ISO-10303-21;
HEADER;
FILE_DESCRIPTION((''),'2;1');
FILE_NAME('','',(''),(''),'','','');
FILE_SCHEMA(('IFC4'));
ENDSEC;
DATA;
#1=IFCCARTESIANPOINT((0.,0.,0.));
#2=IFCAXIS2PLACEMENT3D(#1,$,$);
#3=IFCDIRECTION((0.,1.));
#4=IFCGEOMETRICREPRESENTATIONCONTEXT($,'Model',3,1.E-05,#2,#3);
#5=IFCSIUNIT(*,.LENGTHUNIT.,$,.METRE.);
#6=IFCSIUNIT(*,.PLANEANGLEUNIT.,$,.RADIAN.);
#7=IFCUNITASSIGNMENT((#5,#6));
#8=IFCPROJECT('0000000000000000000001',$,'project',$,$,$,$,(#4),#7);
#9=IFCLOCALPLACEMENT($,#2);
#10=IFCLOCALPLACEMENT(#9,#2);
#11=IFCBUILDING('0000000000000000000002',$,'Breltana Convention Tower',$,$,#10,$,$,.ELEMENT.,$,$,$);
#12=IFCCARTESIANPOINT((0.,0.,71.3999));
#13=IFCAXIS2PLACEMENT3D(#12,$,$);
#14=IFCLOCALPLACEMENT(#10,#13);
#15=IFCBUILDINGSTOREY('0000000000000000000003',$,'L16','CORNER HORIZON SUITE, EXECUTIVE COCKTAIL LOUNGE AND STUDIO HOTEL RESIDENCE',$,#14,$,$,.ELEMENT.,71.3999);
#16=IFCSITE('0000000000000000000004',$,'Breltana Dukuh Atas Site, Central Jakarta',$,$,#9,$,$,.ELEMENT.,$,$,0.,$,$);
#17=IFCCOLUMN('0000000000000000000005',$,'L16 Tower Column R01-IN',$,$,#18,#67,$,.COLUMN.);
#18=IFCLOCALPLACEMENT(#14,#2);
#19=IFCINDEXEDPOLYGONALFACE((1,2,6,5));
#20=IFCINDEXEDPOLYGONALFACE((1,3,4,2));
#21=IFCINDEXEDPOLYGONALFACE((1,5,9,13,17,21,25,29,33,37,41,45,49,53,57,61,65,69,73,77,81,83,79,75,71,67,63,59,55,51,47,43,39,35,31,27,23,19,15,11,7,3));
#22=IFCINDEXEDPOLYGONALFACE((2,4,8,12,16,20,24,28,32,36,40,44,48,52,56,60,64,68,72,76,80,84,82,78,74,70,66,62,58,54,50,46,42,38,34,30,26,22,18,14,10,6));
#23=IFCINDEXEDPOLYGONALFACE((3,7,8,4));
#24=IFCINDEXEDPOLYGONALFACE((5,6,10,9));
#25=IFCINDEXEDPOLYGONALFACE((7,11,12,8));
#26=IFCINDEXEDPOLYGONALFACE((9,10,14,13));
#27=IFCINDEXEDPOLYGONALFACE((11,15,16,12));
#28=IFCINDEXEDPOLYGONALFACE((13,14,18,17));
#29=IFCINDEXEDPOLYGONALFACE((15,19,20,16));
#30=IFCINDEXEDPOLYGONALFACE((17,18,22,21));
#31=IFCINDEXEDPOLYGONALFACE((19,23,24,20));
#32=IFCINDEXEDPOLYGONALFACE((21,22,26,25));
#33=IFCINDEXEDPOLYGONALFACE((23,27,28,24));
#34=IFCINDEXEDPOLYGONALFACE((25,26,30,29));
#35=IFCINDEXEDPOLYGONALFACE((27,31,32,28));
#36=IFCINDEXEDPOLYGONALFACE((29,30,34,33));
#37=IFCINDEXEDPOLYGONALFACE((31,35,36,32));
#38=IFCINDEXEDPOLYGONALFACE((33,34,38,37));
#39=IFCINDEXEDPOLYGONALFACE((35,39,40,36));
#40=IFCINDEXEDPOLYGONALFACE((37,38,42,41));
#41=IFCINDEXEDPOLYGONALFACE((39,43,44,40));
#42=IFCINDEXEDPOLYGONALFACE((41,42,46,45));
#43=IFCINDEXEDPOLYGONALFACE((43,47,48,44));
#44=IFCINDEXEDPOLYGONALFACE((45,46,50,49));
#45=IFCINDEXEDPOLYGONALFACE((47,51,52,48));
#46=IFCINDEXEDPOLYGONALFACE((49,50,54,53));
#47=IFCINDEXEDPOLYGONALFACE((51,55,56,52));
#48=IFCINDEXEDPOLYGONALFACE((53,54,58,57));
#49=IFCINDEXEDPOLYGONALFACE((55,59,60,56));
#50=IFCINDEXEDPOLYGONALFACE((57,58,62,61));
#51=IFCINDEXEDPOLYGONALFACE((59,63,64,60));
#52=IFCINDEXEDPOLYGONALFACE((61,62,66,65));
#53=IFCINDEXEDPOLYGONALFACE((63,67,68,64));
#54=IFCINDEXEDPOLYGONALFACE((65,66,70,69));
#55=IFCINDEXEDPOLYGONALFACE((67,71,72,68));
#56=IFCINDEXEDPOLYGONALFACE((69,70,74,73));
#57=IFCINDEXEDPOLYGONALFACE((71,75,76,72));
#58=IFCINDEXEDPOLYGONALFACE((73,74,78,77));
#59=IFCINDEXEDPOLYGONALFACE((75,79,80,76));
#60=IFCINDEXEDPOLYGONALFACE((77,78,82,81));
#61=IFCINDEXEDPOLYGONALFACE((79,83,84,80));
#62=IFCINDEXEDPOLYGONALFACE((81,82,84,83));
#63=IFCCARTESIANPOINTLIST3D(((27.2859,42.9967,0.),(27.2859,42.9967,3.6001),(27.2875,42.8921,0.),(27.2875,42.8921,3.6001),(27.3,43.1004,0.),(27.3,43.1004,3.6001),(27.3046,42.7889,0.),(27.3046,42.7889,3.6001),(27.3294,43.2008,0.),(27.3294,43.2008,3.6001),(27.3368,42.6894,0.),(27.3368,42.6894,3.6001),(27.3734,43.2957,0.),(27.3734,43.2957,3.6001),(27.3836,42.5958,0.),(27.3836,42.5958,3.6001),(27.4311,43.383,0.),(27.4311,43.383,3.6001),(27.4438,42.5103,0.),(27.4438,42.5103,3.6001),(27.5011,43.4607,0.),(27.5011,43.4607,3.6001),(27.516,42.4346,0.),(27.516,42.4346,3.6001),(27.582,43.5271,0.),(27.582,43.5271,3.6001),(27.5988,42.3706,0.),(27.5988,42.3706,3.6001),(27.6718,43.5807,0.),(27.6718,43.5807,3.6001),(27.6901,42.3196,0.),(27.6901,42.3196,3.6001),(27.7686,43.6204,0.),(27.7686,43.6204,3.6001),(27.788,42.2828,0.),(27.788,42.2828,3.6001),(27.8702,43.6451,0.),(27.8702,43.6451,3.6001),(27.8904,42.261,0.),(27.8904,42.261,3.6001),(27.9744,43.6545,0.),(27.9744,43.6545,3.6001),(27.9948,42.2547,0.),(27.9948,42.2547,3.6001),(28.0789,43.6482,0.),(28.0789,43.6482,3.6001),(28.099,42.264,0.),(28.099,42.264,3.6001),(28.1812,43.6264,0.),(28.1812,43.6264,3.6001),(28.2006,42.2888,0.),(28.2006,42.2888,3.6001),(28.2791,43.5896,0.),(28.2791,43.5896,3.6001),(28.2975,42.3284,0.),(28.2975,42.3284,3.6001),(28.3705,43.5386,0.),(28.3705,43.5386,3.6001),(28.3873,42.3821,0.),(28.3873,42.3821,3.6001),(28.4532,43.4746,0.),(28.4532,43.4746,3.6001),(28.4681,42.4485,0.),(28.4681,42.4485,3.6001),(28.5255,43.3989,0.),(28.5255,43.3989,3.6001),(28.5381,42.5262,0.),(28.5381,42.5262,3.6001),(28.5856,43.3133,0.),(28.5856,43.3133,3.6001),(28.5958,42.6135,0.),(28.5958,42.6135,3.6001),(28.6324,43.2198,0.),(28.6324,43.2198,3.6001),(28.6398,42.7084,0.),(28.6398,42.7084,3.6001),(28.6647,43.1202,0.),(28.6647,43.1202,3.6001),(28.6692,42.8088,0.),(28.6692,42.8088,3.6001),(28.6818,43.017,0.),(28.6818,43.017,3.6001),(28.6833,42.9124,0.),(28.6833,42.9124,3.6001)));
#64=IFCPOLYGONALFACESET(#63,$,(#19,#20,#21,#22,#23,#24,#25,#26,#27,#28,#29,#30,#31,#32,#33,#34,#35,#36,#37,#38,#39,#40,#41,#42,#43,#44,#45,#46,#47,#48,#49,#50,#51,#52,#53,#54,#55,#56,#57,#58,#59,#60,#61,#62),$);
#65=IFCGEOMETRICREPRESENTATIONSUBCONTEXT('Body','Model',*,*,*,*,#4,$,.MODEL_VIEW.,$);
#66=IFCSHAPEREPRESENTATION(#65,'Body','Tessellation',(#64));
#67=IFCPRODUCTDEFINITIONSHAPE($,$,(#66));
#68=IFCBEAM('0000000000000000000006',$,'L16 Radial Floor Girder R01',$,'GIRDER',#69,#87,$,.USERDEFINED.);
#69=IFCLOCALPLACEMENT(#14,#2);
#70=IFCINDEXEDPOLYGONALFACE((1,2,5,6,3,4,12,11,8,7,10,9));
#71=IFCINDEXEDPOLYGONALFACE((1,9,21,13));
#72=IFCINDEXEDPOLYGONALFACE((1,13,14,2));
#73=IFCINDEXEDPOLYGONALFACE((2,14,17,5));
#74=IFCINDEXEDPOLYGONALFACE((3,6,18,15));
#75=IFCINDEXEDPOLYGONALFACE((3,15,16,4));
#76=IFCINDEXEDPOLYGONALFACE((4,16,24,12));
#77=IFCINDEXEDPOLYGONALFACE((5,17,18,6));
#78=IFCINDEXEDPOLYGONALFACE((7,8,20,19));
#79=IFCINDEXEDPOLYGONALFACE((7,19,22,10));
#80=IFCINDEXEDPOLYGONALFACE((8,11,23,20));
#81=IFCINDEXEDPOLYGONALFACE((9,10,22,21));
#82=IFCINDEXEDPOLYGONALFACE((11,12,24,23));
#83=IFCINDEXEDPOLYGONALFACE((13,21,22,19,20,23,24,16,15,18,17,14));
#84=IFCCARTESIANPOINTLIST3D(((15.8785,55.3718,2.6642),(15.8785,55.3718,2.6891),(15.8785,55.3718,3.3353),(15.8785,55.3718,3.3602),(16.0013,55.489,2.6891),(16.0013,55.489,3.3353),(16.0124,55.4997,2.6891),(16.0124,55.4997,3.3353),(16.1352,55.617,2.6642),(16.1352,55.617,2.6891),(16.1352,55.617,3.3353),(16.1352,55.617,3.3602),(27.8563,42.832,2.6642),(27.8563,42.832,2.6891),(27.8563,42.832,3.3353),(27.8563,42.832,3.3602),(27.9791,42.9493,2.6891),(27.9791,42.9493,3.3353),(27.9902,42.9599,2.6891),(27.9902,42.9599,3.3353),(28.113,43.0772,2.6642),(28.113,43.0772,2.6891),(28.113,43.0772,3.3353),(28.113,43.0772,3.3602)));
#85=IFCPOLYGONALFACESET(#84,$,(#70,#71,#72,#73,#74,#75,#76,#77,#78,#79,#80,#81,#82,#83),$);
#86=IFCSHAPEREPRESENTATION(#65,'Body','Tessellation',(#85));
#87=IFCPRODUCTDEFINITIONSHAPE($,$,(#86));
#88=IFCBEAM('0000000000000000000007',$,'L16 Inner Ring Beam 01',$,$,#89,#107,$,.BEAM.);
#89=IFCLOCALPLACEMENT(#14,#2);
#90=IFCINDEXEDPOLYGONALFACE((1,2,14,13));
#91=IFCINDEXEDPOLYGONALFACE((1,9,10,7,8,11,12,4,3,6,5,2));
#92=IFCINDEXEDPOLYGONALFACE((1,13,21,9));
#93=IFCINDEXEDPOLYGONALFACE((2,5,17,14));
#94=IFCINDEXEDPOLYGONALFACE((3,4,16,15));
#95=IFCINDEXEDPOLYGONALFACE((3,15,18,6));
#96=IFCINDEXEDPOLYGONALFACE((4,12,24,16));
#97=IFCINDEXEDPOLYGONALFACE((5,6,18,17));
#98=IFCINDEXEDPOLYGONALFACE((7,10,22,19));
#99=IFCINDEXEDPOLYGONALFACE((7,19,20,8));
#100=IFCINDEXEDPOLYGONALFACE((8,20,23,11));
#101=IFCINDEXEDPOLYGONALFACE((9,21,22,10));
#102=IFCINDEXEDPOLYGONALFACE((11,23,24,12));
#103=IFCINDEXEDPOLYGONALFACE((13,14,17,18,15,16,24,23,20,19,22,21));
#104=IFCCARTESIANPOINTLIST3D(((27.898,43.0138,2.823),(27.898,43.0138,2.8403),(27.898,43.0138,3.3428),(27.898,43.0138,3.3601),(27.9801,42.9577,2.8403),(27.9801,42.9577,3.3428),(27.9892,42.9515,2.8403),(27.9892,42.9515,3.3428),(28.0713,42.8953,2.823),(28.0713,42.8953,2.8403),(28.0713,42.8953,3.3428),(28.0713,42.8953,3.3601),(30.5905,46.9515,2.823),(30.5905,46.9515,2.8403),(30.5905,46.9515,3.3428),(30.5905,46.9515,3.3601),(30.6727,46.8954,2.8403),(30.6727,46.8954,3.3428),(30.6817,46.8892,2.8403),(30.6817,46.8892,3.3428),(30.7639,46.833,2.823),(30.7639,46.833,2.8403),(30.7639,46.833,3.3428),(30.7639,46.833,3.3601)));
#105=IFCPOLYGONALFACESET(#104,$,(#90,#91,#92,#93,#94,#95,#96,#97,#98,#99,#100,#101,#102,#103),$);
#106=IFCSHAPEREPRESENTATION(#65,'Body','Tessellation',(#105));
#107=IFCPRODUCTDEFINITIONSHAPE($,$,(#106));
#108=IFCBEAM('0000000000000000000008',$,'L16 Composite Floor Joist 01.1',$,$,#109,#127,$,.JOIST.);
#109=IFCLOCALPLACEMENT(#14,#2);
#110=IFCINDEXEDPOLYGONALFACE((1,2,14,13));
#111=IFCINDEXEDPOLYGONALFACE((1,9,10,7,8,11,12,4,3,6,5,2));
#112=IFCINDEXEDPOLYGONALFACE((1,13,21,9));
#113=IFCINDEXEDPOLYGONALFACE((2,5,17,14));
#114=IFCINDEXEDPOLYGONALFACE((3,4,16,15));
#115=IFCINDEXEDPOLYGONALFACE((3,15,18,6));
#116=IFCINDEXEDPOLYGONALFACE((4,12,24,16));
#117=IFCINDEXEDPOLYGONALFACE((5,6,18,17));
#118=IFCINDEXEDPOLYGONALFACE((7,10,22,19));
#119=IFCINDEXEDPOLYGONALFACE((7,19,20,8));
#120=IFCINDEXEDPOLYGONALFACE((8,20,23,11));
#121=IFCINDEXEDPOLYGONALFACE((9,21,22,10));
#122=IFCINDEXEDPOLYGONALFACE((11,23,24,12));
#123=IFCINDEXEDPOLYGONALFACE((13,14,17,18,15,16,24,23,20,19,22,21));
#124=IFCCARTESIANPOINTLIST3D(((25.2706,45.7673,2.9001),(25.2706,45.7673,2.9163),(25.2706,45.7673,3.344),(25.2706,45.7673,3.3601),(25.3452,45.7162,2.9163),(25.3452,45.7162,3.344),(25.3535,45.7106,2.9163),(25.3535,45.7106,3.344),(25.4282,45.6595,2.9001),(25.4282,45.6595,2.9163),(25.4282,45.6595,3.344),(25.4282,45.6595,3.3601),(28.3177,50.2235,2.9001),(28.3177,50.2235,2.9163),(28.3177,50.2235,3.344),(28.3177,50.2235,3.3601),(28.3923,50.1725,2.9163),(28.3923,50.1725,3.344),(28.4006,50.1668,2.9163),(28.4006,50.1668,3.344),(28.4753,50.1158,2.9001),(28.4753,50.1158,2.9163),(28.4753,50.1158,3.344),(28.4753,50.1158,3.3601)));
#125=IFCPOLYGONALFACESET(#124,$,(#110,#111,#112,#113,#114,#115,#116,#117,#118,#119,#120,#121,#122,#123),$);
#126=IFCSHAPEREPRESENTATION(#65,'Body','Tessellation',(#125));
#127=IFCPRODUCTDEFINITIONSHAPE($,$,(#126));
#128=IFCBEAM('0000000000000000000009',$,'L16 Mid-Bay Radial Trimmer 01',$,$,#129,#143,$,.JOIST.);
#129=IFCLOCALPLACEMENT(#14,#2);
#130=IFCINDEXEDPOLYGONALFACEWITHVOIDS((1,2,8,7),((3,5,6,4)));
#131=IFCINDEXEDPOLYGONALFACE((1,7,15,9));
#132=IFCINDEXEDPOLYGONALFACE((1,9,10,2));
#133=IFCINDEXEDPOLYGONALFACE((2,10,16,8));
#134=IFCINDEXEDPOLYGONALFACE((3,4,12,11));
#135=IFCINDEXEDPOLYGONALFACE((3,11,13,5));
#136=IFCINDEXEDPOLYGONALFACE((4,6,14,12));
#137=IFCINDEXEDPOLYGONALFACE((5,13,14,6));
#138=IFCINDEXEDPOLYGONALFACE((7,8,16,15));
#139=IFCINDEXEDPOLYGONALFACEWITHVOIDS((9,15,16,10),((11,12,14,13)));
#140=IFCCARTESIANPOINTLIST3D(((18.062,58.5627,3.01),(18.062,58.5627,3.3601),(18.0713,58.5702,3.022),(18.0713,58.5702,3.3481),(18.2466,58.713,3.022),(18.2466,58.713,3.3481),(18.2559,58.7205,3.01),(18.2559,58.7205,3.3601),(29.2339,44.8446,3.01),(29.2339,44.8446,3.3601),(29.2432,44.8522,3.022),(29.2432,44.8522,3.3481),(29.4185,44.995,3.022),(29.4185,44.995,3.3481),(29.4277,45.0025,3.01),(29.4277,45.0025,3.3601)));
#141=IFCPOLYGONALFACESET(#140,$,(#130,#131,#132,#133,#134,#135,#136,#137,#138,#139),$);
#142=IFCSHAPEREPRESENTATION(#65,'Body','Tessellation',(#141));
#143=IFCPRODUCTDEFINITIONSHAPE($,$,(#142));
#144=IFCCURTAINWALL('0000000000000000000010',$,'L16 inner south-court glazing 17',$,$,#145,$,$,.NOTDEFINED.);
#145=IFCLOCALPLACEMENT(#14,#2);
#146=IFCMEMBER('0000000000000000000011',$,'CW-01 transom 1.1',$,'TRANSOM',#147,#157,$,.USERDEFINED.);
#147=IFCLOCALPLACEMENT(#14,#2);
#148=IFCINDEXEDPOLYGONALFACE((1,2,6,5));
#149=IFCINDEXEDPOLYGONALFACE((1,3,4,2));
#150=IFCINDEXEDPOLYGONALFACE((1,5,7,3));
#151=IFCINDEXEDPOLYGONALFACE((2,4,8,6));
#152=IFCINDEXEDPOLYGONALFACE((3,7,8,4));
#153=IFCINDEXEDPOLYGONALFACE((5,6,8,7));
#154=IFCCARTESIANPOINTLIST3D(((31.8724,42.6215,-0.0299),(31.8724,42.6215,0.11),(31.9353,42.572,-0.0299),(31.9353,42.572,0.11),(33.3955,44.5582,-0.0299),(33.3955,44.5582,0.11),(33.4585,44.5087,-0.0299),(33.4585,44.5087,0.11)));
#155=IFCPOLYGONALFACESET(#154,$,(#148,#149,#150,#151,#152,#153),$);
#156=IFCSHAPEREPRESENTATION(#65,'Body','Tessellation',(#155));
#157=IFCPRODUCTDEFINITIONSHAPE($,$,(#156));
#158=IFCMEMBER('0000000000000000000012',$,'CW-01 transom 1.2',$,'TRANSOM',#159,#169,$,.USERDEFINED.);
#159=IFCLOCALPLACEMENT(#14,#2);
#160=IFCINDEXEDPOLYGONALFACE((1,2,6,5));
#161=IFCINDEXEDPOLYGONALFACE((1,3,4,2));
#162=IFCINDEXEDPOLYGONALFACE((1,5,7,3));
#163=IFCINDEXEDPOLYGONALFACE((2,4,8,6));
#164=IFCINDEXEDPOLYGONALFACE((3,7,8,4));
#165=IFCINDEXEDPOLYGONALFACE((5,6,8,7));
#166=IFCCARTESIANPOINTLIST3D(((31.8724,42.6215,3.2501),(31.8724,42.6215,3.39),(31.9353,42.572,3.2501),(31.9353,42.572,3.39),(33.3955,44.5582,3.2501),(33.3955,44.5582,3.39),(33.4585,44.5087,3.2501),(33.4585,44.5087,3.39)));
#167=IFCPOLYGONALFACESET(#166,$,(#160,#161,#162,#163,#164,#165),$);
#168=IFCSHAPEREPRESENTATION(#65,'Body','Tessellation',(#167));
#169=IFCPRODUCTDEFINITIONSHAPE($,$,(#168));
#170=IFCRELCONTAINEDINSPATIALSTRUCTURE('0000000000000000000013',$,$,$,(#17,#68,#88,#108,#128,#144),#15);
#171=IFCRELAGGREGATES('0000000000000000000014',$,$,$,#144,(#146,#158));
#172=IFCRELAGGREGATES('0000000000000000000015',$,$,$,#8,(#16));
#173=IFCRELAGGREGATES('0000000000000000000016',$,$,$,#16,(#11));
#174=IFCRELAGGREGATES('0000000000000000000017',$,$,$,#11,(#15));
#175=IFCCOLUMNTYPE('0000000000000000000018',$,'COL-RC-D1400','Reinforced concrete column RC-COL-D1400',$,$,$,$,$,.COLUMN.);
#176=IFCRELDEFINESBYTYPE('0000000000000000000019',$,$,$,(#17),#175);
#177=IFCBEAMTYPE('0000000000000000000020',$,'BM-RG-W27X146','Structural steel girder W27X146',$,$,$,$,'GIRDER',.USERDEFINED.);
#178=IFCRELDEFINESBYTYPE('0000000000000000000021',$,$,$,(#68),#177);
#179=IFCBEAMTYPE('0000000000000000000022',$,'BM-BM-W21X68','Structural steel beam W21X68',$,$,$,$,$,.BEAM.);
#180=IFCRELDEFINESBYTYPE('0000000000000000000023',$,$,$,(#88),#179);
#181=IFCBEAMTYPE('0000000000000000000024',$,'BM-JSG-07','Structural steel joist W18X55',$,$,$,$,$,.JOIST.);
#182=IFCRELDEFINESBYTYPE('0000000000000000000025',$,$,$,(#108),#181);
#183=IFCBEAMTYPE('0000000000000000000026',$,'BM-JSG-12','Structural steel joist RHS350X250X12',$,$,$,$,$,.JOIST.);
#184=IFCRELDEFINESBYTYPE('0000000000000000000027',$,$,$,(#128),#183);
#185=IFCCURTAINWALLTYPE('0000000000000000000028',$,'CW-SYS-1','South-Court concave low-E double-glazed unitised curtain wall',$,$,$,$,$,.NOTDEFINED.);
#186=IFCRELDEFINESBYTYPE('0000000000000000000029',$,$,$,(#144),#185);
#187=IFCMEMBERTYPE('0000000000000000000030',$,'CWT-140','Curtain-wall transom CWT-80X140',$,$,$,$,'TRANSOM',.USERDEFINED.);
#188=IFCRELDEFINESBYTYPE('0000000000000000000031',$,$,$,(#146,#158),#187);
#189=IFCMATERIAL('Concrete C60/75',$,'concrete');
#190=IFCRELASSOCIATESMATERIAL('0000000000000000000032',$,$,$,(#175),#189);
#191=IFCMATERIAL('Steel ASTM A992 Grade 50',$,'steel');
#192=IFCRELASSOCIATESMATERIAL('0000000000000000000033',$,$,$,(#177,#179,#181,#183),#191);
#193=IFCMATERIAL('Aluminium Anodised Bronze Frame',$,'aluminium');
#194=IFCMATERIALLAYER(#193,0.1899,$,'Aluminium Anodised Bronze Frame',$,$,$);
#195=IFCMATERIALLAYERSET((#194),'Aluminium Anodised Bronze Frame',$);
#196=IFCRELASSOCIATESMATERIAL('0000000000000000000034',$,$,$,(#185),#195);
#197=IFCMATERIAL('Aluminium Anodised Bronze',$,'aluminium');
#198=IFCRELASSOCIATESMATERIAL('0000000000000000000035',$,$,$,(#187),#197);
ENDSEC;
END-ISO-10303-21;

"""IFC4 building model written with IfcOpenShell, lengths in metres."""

from ifc_helpers import new_model, si_unit, direction, frame, origin, origin_2d, place, context, subcontext, project, spatial, rectangle, hollow_rectangle, circle, i_section, extrude, source, transform, mapped, material, layer, layer_set, material_profile, profile_set, type_object, type_shapes, element, aggregate, save


model = new_model("IFC4")

# Units and contexts
model_context = context("Model", 3, precision=1e-05, world=origin(), true_north=direction((0.0, 1.0)))
body_context = subcontext(model_context, "Body", "Model", "MODEL_VIEW")
ifc_project = project(units=[si_unit("LENGTHUNIT", "METRE"), si_unit("PLANEANGLEUNIT", "RADIAN")], contexts=[model_context])

# Site, building, storey
site_placement = place(None, origin())
site = spatial("IfcSite", under=ifc_project, at=site_placement, Name="Breltana Dukuh Atas Site, Central Jakarta", CompositionType="ELEMENT", RefElevation=0.0)
building_placement = place(site_placement, origin())
building = spatial("IfcBuilding", under=site, at=building_placement, Name="Breltana Convention Tower", CompositionType="ELEMENT")
storey_placement = place(building_placement, frame((0.0, 0.0, 71.3999)))
storey = spatial("IfcBuildingStorey", under=building, at=storey_placement, Name="L16", Description="CORNER HORIZON SUITE, EXECUTIVE COCKTAIL LOUNGE AND STUDIO HOTEL RESIDENCE", CompositionType="ELEMENT", Elevation=71.3999)

# Column
ifc_material_1 = material(Name="Concrete C60/75", Category="concrete")
ifc_material_profile_1 = material_profile(ifc_material_1, circle(Radius=0.7, at=origin_2d()), Name="RC-COL-D1400")
ifc_profile_set_1 = profile_set([ifc_material_profile_1], Name="Concrete C60/75")
column_type = type_object("IfcColumnType", Name="COL-RC-D1400", Description="Reinforced concrete column RC-COL-D1400", PredefinedType="COLUMN", material=ifc_profile_set_1)
shared_shape_1 = source(origin(), body_context, "Body", "SweptSolid", [
    extrude(circle(Radius=0.7, at=origin_2d()), origin(), (0.0, 0.0, 1.0), 3.6001),
])
column_placement = place(storey_placement, frame((27.9846, 42.9546, 0.0), z_axis=(0.0, 0.0, 1.0), x_axis=(-0.690756, 0.723088, 0.0)))
element("IfcColumn", 1, at=column_placement, inside=storey, type_object=column_type, Name="L16 Tower Column R01-IN", PredefinedType="COLUMN", context=body_context, shape_type="MappedRepresentation", body=[
    mapped(shared_shape_1, transform((0.0, 0.0, 0.0), scale=1.0)),
])

# Beams
ifc_material_2 = material(Name="Steel ASTM A992 Grade 50", Category="steel")
ifc_material_profile_2 = material_profile(ifc_material_2, i_section(OverallWidth=0.355, OverallDepth=0.696, WebThickness=0.0154, FlangeThickness=0.0249, at=origin_2d()), Name="W27X146")
ifc_profile_set_2 = profile_set([ifc_material_profile_2], Name="Steel ASTM A992 Grade 50")
beam_type_1 = type_object("IfcBeamType", Name="BM-RG-W27X146", Description="Structural steel girder W27X146", ElementType="GIRDER", PredefinedType="USERDEFINED", material=ifc_profile_set_2)
shared_shape_2 = source(origin(), body_context, "Body", "SweptSolid", [
    extrude(i_section(OverallWidth=0.355, OverallDepth=0.696, WebThickness=0.0154, FlangeThickness=0.0249, at=origin_2d()), origin(), (0.0, 0.0, 1.0), 17.3411),
])
type_shapes(beam_type_1, [shared_shape_2])
beam_1_placement = place(storey_placement, frame((27.9846, 42.9546, 3.0122), z_axis=(-0.690716, 0.723126, 0.0), x_axis=(-0.723126, -0.690716, 0.0)))
element("IfcBeam", 2, at=beam_1_placement, inside=storey, type_object=beam_type_1, Name="L16 Radial Floor Girder R01", ObjectType="GIRDER", PredefinedType="USERDEFINED", context=body_context, shape_type="MappedRepresentation", body=[
    mapped(shared_shape_2, transform((0.0, 0.0, 0.0), scale=1.0)),
])
ifc_material_profile_3 = material_profile(ifc_material_2, i_section(OverallWidth=0.21, OverallDepth=0.5371, WebThickness=0.011, FlangeThickness=0.0173, at=origin_2d()), Name="W21X68")
ifc_profile_set_3 = profile_set([ifc_material_profile_3], Name="Steel ASTM A992 Grade 50")
beam_type_2 = type_object("IfcBeamType", Name="BM-BM-W21X68", Description="Structural steel beam W21X68", PredefinedType="BEAM", material=ifc_profile_set_3)
shared_shape_3 = source(origin(), body_context, "Body", "SweptSolid", [
    extrude(i_section(OverallWidth=0.21, OverallDepth=0.5371, WebThickness=0.011, FlangeThickness=0.0173, at=origin_2d()), origin(), (0.0, 0.0, 1.0), 4.7703),
])
beam_2_placement = place(storey_placement, frame((27.9846, 42.9546, 3.0916), z_axis=(0.564453, 0.825465, 0.0), x_axis=(-0.825465, 0.564453, 0.0)))
element("IfcBeam", 3, at=beam_2_placement, inside=storey, type_object=beam_type_2, Name="L16 Inner Ring Beam 01", PredefinedType="BEAM", context=body_context, shape_type="MappedRepresentation", body=[
    mapped(shared_shape_3, transform((0.0, 0.0, 0.0), scale=1.0)),
])
ifc_material_profile_4 = material_profile(ifc_material_2, i_section(OverallWidth=0.1909, OverallDepth=0.46, WebThickness=0.01, FlangeThickness=0.0161, at=origin_2d()), Name="W18X55")
ifc_profile_set_4 = profile_set([ifc_material_profile_4], Name="Steel ASTM A992 Grade 50")
beam_type_3 = type_object("IfcBeamType", Name="BM-JSG-07", Description="Structural steel joist W18X55", PredefinedType="JOIST", material=ifc_profile_set_4)
shared_shape_4 = source(origin(), body_context, "Body", "SweptSolid", [
    extrude(i_section(OverallWidth=0.1909, OverallDepth=0.46, WebThickness=0.01, FlangeThickness=0.0161, at=origin_2d()), origin(), (0.0, 0.0, 1.0), 5.3984),
])
type_shapes(beam_type_3, [shared_shape_4])
beam_3_placement = place(storey_placement, frame((25.3494, 45.7134, 3.1301), z_axis=(0.564441, 0.825474, 0.0), x_axis=(-0.825474, 0.564441, 0.0)))
element("IfcBeam", 4, at=beam_3_placement, inside=storey, type_object=beam_type_3, Name="L16 Composite Floor Joist 01.1", PredefinedType="JOIST", context=body_context, shape_type="MappedRepresentation", body=[
    mapped(shared_shape_4, transform((0.0, 0.0, 0.0), scale=1.0)),
])
ifc_material_profile_5 = material_profile(ifc_material_2, hollow_rectangle(XDim=0.25, YDim=0.3501, WallThickness=0.012, at=origin_2d()), Name="RHS350X250X12")
ifc_profile_set_5 = profile_set([ifc_material_profile_5], Name="Steel ASTM A992 Grade 50")
beam_type_4 = type_object("IfcBeamType", Name="BM-JSG-12", Description="Structural steel joist RHS350X250X12", PredefinedType="JOIST", material=ifc_profile_set_5)
shared_shape_5 = source(origin(), body_context, "Body", "SweptSolid", [
    extrude(hollow_rectangle(XDim=0.25, YDim=0.3501, WallThickness=0.012, at=origin_2d()), origin(), (0.0, 0.0, 1.0), 17.6917),
])
type_shapes(beam_type_4, [shared_shape_5])
beam_4_placement = place(storey_placement, frame((29.3308, 44.9236, 3.1851), z_axis=(-0.631477, 0.775395, 0.0), x_axis=(-0.775395, -0.631477, 0.0)))
element("IfcBeam", 5, at=beam_4_placement, inside=storey, type_object=beam_type_4, Name="L16 Mid-Bay Radial Trimmer 01", PredefinedType="JOIST", context=body_context, shape_type="MappedRepresentation", body=[
    mapped(shared_shape_5, transform((0.0, 0.0, 0.0), scale=1.0)),
])

# Curtain wall, members
ifc_material_3 = material(Name="Aluminium Anodised Bronze Frame", Category="aluminium")
ifc_layer_1 = layer(ifc_material_3, 0.1899, Name="Aluminium Anodised Bronze Frame")
ifc_layer_set_1 = layer_set([ifc_layer_1], Name="Aluminium Anodised Bronze Frame")
curtain_wall_type = type_object("IfcCurtainWallType", Name="CW-SYS-1", Description="South-Court concave low-E double-glazed unitised curtain wall", PredefinedType="NOTDEFINED", material=ifc_layer_set_1)
curtain_wall_1_placement = place(storey_placement, origin())
curtain_wall_1 = element("IfcCurtainWall", 6, at=curtain_wall_1_placement, inside=storey, type_object=curtain_wall_type, Name="L16 inner south-court glazing 17", PredefinedType="NOTDEFINED")
ifc_material_4 = material(Name="Aluminium Anodised Bronze", Category="aluminium")
ifc_material_profile_6 = material_profile(ifc_material_4, rectangle(XDim=0.0801, YDim=0.1399, at=origin_2d()), Name="CWT-80X140")
ifc_profile_set_6 = profile_set([ifc_material_profile_6], Name="Aluminium Anodised Bronze")
member_type_1 = type_object("IfcMemberType", Name="CWT-140", Description="Curtain-wall transom CWT-80X140", ElementType="TRANSOM", PredefinedType="USERDEFINED", material=ifc_profile_set_6)
shared_shape_6 = source(origin(), body_context, "Body", "SweptSolid", [
    extrude(rectangle(XDim=0.0801, YDim=0.1399, at=origin_2d()), origin(), (0.0, 0.0, 1.0), 2.4639),
])
member_1_placement = place(storey_placement, frame((33.427, 44.5334, 0.04), z_axis=(-0.618185, -0.786033, 0.0), x_axis=(0.786033, -0.618185, 0.0)))
member_1 = element("IfcMember", 7, at=member_1_placement, type_object=member_type_1, Name="CW-01 transom 1.1", ObjectType="TRANSOM", PredefinedType="USERDEFINED", context=body_context, shape_type="MappedRepresentation", body=[
    mapped(shared_shape_6, transform((0.0, 0.0, 0.0), scale=1.0)),
])
member_2_placement = place(storey_placement, frame((33.427, 44.5334, 3.3201), z_axis=(-0.618185, -0.786033, 0.0), x_axis=(0.786033, -0.618185, 0.0)))
member_2 = element("IfcMember", 8, at=member_2_placement, type_object=member_type_1, Name="CW-01 transom 1.2", ObjectType="TRANSOM", PredefinedType="USERDEFINED", context=body_context, shape_type="MappedRepresentation", body=[
    mapped(shared_shape_6, transform((0.0, 0.0, 0.0), scale=1.0)),
])

aggregate(curtain_wall_1, [member_1, member_2])

save(model, "model.ifc")
